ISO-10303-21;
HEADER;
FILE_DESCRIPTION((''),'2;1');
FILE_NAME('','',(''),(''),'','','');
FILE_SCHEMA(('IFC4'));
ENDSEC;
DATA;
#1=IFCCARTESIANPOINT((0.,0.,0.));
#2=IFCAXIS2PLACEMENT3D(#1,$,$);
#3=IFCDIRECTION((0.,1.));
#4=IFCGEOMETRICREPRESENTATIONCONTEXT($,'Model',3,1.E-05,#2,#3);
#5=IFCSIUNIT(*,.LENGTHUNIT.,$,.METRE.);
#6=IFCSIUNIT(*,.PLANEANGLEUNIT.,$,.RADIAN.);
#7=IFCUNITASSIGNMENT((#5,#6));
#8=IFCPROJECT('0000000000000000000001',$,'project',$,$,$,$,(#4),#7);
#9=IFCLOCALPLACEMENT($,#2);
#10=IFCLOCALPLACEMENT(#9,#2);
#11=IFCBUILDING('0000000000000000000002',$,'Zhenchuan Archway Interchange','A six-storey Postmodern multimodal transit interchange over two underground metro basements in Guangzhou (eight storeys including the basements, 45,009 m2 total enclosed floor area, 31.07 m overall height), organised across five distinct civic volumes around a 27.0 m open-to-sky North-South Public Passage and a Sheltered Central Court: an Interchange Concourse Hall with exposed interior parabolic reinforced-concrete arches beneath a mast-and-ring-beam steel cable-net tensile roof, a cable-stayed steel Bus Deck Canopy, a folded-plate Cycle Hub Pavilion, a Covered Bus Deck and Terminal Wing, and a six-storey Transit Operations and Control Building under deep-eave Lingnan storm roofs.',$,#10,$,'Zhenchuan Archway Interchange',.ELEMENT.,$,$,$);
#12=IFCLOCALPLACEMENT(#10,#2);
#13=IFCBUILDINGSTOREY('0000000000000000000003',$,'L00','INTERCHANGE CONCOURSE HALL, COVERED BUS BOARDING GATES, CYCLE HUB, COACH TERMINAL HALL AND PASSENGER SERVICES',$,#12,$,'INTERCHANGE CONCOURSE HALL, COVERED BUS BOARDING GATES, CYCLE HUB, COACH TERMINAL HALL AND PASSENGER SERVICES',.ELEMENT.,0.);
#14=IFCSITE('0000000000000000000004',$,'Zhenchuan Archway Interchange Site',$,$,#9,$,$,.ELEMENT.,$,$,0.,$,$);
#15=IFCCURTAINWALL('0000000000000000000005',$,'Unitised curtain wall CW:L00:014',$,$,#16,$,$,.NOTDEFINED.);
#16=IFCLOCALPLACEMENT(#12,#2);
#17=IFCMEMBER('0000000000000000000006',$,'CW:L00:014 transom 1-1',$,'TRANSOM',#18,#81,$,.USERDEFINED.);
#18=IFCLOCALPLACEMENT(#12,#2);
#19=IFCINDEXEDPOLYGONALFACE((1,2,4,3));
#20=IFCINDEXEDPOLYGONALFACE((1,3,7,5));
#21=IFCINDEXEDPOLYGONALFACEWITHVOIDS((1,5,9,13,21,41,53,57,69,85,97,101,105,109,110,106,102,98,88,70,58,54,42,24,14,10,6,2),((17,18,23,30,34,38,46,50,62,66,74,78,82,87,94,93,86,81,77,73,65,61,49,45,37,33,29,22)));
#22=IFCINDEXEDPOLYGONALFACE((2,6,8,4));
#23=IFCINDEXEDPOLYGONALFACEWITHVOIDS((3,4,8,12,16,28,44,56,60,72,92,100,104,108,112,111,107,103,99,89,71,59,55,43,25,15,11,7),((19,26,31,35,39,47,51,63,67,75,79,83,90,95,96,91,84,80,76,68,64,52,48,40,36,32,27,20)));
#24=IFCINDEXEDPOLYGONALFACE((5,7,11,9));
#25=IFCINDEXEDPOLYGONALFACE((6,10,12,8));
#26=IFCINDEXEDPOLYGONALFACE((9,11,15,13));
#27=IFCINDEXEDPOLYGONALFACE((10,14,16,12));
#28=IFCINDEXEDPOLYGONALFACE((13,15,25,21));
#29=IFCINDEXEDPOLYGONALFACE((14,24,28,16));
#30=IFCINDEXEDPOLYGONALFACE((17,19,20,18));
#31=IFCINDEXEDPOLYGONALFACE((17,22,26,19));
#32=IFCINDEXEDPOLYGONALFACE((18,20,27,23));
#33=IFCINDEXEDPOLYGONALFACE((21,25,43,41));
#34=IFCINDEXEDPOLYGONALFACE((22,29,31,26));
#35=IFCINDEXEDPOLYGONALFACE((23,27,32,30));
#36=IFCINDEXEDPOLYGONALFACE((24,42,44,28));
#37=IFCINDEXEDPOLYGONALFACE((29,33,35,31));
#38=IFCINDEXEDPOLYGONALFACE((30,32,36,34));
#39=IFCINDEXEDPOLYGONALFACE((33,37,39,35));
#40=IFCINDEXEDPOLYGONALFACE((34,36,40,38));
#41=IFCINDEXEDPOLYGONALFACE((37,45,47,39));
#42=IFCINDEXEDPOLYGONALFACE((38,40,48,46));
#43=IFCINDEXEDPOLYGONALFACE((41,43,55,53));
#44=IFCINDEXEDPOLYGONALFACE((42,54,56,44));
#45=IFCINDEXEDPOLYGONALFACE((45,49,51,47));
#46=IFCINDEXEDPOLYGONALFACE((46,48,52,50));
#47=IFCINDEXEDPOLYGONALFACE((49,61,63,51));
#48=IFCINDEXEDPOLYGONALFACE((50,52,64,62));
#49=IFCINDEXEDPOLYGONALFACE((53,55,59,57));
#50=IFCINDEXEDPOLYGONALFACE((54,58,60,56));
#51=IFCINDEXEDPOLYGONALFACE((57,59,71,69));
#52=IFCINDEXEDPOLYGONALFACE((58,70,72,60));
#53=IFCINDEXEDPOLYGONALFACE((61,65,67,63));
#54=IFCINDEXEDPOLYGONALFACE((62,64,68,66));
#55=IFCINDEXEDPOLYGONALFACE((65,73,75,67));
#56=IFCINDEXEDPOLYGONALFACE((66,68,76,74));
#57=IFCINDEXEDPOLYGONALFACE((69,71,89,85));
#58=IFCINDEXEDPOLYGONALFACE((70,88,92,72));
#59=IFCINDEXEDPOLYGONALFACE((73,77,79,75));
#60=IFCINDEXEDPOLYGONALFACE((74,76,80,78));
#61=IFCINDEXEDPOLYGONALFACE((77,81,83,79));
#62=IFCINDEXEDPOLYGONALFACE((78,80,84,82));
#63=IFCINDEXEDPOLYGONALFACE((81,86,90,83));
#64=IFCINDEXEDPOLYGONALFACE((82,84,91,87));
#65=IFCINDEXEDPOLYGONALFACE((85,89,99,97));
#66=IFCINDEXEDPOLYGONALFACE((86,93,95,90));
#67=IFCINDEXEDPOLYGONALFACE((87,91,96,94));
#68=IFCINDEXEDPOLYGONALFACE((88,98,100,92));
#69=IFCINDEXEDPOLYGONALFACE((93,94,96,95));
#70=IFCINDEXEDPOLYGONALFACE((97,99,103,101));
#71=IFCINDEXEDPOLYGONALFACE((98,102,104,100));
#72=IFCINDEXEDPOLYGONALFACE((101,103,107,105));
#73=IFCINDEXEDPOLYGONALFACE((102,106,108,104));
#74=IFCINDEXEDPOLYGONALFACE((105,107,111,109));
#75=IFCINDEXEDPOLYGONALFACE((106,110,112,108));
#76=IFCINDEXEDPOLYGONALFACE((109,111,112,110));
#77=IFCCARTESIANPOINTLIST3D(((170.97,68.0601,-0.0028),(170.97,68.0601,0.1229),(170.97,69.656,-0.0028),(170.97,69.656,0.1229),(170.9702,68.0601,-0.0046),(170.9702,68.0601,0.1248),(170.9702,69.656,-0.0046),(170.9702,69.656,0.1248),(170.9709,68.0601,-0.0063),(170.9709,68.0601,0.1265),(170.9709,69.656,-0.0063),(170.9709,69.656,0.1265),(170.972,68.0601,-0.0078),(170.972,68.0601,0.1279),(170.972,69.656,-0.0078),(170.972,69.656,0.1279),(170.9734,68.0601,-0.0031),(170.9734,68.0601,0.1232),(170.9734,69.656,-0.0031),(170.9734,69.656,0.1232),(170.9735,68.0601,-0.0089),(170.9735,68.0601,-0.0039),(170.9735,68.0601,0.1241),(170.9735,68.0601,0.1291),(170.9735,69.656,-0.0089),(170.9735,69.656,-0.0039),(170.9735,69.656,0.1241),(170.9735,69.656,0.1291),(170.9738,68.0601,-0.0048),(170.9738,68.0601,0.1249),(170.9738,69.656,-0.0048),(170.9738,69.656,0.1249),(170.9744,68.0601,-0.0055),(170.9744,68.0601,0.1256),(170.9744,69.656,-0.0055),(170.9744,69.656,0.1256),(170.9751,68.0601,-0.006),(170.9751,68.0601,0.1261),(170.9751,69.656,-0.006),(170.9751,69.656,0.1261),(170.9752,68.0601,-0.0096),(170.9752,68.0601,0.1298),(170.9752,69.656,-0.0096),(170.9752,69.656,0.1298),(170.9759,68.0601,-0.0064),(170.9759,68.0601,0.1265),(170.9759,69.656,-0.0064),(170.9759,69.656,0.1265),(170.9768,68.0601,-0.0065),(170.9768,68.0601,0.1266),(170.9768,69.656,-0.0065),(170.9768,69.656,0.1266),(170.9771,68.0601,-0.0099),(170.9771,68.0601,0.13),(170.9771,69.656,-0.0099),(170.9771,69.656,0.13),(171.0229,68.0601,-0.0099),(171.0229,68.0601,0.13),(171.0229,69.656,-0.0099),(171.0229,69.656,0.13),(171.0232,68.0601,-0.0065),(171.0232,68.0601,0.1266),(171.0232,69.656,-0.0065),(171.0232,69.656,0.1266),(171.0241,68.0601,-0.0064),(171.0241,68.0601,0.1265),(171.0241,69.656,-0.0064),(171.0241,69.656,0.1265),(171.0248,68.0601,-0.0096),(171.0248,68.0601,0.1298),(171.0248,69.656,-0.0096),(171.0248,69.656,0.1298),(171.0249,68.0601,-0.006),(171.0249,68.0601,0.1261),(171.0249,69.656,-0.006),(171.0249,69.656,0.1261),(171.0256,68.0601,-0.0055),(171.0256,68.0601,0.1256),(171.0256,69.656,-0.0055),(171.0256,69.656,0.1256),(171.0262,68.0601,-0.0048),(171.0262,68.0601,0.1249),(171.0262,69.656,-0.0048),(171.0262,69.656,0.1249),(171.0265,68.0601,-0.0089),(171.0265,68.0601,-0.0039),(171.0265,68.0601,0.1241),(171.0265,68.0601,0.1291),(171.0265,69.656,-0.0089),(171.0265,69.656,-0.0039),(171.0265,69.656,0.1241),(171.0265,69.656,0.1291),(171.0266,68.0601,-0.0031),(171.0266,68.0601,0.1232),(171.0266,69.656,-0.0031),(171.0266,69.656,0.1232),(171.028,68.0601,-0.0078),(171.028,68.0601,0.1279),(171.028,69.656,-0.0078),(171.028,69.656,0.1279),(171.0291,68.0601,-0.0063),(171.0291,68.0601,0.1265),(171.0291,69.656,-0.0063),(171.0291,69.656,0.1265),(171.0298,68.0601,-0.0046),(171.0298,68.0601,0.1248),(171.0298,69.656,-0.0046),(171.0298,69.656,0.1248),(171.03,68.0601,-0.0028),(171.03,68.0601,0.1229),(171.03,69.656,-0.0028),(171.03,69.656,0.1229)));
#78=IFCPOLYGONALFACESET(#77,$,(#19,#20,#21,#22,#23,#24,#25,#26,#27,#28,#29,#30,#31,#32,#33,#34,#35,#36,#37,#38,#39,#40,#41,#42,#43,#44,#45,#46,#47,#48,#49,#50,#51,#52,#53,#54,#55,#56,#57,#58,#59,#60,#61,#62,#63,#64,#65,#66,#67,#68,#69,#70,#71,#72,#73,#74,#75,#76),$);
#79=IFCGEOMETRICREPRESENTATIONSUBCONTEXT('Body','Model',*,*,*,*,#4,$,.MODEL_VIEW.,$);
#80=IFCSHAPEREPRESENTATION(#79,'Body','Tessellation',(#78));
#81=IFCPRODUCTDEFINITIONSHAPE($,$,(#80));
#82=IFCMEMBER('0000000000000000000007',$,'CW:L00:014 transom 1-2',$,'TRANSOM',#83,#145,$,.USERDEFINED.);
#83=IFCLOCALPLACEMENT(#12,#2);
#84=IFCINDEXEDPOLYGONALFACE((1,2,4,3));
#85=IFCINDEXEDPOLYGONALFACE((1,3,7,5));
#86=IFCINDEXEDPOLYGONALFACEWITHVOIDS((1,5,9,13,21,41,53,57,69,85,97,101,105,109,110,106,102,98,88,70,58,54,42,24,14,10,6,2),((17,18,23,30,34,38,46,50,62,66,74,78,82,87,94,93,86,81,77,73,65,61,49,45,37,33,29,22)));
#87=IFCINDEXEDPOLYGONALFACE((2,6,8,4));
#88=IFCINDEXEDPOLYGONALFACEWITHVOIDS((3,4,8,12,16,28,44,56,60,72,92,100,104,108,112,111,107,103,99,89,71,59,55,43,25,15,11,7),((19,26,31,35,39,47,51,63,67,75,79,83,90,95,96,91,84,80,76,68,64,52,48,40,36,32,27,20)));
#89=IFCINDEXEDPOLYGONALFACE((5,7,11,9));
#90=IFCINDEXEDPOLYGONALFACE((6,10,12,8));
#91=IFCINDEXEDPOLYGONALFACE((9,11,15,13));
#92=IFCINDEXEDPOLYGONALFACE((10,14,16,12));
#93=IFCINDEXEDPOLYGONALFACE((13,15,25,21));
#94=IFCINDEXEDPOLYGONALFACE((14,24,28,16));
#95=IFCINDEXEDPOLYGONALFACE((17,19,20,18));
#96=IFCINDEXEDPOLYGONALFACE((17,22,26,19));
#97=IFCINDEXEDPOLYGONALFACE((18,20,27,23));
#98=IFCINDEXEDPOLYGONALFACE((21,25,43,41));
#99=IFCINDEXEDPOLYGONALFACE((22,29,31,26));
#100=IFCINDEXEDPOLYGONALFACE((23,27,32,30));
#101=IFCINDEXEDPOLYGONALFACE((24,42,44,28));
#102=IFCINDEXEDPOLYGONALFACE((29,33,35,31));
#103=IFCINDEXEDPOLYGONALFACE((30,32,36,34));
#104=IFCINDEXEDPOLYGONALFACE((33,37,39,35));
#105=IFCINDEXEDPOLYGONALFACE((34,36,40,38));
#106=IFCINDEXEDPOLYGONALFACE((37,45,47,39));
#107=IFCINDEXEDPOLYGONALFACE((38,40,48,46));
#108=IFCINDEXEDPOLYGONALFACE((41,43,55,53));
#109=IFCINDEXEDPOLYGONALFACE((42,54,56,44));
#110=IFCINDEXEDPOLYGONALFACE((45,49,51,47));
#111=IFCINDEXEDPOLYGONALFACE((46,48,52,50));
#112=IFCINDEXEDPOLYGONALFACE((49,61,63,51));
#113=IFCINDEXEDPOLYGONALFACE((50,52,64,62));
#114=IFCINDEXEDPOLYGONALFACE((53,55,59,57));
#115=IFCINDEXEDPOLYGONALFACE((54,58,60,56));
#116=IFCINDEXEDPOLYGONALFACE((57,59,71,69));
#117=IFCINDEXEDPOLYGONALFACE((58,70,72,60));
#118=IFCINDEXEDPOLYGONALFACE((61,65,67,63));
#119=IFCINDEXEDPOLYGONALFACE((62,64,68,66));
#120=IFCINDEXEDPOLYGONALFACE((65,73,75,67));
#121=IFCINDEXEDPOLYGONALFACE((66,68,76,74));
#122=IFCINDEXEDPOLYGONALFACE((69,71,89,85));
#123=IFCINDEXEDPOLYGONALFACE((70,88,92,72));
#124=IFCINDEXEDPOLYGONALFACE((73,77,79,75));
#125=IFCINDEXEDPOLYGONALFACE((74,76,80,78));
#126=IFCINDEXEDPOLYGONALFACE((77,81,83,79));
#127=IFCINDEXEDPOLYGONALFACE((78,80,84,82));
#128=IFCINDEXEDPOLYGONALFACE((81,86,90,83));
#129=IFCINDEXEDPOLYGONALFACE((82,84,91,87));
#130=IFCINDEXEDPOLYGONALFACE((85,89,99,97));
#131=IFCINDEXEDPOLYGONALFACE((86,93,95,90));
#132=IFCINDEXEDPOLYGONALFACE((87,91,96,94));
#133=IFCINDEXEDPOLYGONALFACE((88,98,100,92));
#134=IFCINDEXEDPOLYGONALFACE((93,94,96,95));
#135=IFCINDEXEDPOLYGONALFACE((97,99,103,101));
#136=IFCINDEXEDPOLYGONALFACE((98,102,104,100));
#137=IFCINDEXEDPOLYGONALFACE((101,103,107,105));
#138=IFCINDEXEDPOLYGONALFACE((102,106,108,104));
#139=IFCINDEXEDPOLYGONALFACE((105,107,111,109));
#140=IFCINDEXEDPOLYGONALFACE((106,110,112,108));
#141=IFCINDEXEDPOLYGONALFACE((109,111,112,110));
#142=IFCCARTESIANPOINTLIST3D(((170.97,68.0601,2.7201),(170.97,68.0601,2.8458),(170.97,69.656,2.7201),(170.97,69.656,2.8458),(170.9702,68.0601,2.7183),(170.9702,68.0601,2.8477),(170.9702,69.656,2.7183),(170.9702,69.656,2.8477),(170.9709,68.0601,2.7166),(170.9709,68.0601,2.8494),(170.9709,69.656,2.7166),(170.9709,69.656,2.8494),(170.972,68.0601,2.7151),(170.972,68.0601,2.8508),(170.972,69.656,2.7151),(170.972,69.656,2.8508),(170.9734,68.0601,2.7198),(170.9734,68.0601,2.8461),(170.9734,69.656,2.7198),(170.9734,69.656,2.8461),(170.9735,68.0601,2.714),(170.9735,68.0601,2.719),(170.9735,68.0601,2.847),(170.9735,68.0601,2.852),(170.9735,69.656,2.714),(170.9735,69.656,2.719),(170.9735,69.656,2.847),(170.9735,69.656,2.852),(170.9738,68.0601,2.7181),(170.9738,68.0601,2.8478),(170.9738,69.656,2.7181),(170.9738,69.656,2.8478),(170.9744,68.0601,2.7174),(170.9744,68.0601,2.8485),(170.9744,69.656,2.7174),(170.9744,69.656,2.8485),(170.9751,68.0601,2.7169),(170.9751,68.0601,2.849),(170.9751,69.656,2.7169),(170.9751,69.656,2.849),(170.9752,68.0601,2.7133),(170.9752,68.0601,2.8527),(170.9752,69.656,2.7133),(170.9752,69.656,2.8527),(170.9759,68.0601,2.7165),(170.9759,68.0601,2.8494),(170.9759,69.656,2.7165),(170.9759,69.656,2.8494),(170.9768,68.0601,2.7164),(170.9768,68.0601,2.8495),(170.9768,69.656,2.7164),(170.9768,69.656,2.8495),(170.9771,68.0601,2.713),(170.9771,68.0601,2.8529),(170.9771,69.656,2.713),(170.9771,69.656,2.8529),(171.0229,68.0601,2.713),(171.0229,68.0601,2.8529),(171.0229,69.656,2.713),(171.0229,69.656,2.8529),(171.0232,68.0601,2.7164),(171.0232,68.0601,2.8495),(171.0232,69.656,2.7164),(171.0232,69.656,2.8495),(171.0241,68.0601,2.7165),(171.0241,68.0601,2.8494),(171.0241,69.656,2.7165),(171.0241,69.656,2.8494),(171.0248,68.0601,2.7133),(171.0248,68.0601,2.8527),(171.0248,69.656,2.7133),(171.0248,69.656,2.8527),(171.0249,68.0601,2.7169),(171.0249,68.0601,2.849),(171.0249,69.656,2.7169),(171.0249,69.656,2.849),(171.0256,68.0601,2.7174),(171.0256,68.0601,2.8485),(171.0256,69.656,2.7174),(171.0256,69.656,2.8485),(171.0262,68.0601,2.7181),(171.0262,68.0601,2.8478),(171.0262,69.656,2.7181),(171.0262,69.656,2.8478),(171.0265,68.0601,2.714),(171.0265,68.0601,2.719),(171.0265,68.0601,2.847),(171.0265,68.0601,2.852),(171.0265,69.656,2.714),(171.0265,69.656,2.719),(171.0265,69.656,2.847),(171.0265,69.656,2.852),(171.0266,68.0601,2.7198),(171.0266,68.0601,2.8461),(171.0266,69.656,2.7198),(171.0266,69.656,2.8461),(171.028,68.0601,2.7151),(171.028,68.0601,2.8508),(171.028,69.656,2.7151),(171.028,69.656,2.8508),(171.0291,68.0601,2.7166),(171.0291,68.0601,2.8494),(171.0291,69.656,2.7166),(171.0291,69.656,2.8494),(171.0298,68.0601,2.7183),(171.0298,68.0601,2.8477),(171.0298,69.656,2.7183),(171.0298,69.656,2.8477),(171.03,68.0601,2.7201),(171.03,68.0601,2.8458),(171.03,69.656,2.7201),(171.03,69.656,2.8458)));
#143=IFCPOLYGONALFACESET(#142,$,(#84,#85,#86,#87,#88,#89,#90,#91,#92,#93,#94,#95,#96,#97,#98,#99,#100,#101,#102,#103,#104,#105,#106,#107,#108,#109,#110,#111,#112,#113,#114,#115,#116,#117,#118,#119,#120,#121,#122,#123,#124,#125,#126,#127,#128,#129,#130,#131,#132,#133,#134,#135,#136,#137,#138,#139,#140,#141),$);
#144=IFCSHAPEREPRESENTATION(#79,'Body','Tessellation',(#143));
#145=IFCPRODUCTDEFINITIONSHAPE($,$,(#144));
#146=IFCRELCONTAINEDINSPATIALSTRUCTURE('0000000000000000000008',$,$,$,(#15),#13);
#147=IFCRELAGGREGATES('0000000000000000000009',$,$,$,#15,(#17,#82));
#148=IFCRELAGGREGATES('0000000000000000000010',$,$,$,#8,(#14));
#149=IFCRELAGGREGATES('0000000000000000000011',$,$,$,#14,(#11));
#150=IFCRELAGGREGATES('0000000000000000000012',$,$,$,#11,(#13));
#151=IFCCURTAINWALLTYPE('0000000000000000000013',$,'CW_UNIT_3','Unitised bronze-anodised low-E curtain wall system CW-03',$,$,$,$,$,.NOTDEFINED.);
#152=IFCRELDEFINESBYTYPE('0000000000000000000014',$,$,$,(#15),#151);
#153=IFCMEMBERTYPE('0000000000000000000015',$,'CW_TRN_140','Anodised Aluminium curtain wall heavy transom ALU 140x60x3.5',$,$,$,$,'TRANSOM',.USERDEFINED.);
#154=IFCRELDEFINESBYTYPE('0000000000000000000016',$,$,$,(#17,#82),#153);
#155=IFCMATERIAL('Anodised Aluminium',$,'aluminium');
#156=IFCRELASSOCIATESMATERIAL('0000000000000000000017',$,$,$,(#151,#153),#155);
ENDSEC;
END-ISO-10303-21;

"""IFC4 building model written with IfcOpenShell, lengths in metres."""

from ifc_helpers import new_model, si_unit, direction, frame, origin, origin_2d, place, context, subcontext, project, spatial, hollow_rectangle, extrude, material, material_profile, profile_set, type_object, element, aggregate, save


model = new_model("IFC4")

# Units and contexts
model_context = context("Model", 3, precision=1e-05, world=origin(), true_north=direction((0.0, 1.0)))
body_context = subcontext(model_context, "Body", "Model", "MODEL_VIEW")
ifc_project = project(units=[si_unit("LENGTHUNIT", "METRE"), si_unit("PLANEANGLEUNIT", "RADIAN")], contexts=[model_context])

# Site, building, storey
site_placement = place(None, origin())
site = spatial("IfcSite", under=ifc_project, at=site_placement, Name="Zhenchuan Archway Interchange Site", CompositionType="ELEMENT", RefElevation=0.0)
building_placement = place(site_placement, origin())
building = spatial("IfcBuilding", under=site, at=building_placement, Name="Zhenchuan Archway Interchange", Description="A six-storey Postmodern multimodal transit interchange over two underground metro basements in Guangzhou (eight storeys including the basements, 45,009 m2 total enclosed floor area, 31.07 m overall height), organised across five distinct civic volumes around a 27.0 m open-to-sky North-South Public Passage and a Sheltered Central Court: an Interchange Concourse Hall with exposed interior parabolic reinforced-concrete arches beneath a mast-and-ring-beam steel cable-net tensile roof, a cable-stayed steel Bus Deck Canopy, a folded-plate Cycle Hub Pavilion, a Covered Bus Deck and Terminal Wing, and a six-storey Transit Operations and Control Building under deep-eave Lingnan storm roofs.", LongName="Zhenchuan Archway Interchange", CompositionType="ELEMENT")
storey_placement = place(building_placement, origin())
storey = spatial("IfcBuildingStorey", under=building, at=storey_placement, Name="L00", Description="INTERCHANGE CONCOURSE HALL, COVERED BUS BOARDING GATES, CYCLE HUB, COACH TERMINAL HALL AND PASSENGER SERVICES", LongName="INTERCHANGE CONCOURSE HALL, COVERED BUS BOARDING GATES, CYCLE HUB, COACH TERMINAL HALL AND PASSENGER SERVICES", CompositionType="ELEMENT", Elevation=0.0)

# Curtain wall, members
ifc_material_1 = material(Name="Anodised Aluminium", Category="aluminium")
curtain_wall_type = type_object("IfcCurtainWallType", Name="CW_UNIT_3", Description="Unitised bronze-anodised low-E curtain wall system CW-03", PredefinedType="NOTDEFINED", material=ifc_material_1)
curtain_wall_placement = place(storey_placement, origin())
curtain_wall = element("IfcCurtainWall", 1, at=curtain_wall_placement, inside=storey, type_object=curtain_wall_type, Name="Unitised curtain wall CW:L00:014", PredefinedType="NOTDEFINED")
ifc_material_profile_1 = material_profile(ifc_material_1, hollow_rectangle(XDim=0.0601, YDim=0.1399, WallThickness=0.0034, InnerFilletRadius=0.0034, OuterFilletRadius=0.0071, at=origin_2d()), Name="ALU 140x60x3.5")
ifc_profile_set_1 = profile_set([ifc_material_profile_1], Name="Anodised Aluminium")
member_type_1 = type_object("IfcMemberType", Name="CW_TRN_140", Description="Anodised Aluminium curtain wall heavy transom ALU 140x60x3.5", ElementType="TRANSOM", PredefinedType="USERDEFINED", material=ifc_profile_set_1)
member_1_placement = place(storey_placement, frame((171.0, 69.656, 0.0601), z_axis=(0.0, -1.0, 0.0), x_axis=(1.0, 0.0, 0.0)))
member_1 = element("IfcMember", 2, at=member_1_placement, type_object=member_type_1, Name="CW:L00:014 transom 1-1", ObjectType="TRANSOM", PredefinedType="USERDEFINED", context=body_context, shape_type="SweptSolid", body=[
    extrude(hollow_rectangle(XDim=0.0601, YDim=0.1399, WallThickness=0.0034, InnerFilletRadius=0.0034, OuterFilletRadius=0.0071, at=origin_2d()), origin(), (0.0, 0.0, 1.0), 1.5959),
])
member_2_placement = place(storey_placement, frame((171.0, 69.656, 2.783), z_axis=(0.0, -1.0, 0.0), x_axis=(1.0, 0.0, 0.0)))
member_2 = element("IfcMember", 3, at=member_2_placement, type_object=member_type_1, Name="CW:L00:014 transom 1-2", ObjectType="TRANSOM", PredefinedType="USERDEFINED", context=body_context, shape_type="SweptSolid", body=[
    extrude(hollow_rectangle(XDim=0.0601, YDim=0.1399, WallThickness=0.0034, InnerFilletRadius=0.0034, OuterFilletRadius=0.0071, at=origin_2d()), origin(), (0.0, 0.0, 1.0), 1.5959),
])
aggregate(curtain_wall, [member_1, member_2])

save(model, "model.ifc")
